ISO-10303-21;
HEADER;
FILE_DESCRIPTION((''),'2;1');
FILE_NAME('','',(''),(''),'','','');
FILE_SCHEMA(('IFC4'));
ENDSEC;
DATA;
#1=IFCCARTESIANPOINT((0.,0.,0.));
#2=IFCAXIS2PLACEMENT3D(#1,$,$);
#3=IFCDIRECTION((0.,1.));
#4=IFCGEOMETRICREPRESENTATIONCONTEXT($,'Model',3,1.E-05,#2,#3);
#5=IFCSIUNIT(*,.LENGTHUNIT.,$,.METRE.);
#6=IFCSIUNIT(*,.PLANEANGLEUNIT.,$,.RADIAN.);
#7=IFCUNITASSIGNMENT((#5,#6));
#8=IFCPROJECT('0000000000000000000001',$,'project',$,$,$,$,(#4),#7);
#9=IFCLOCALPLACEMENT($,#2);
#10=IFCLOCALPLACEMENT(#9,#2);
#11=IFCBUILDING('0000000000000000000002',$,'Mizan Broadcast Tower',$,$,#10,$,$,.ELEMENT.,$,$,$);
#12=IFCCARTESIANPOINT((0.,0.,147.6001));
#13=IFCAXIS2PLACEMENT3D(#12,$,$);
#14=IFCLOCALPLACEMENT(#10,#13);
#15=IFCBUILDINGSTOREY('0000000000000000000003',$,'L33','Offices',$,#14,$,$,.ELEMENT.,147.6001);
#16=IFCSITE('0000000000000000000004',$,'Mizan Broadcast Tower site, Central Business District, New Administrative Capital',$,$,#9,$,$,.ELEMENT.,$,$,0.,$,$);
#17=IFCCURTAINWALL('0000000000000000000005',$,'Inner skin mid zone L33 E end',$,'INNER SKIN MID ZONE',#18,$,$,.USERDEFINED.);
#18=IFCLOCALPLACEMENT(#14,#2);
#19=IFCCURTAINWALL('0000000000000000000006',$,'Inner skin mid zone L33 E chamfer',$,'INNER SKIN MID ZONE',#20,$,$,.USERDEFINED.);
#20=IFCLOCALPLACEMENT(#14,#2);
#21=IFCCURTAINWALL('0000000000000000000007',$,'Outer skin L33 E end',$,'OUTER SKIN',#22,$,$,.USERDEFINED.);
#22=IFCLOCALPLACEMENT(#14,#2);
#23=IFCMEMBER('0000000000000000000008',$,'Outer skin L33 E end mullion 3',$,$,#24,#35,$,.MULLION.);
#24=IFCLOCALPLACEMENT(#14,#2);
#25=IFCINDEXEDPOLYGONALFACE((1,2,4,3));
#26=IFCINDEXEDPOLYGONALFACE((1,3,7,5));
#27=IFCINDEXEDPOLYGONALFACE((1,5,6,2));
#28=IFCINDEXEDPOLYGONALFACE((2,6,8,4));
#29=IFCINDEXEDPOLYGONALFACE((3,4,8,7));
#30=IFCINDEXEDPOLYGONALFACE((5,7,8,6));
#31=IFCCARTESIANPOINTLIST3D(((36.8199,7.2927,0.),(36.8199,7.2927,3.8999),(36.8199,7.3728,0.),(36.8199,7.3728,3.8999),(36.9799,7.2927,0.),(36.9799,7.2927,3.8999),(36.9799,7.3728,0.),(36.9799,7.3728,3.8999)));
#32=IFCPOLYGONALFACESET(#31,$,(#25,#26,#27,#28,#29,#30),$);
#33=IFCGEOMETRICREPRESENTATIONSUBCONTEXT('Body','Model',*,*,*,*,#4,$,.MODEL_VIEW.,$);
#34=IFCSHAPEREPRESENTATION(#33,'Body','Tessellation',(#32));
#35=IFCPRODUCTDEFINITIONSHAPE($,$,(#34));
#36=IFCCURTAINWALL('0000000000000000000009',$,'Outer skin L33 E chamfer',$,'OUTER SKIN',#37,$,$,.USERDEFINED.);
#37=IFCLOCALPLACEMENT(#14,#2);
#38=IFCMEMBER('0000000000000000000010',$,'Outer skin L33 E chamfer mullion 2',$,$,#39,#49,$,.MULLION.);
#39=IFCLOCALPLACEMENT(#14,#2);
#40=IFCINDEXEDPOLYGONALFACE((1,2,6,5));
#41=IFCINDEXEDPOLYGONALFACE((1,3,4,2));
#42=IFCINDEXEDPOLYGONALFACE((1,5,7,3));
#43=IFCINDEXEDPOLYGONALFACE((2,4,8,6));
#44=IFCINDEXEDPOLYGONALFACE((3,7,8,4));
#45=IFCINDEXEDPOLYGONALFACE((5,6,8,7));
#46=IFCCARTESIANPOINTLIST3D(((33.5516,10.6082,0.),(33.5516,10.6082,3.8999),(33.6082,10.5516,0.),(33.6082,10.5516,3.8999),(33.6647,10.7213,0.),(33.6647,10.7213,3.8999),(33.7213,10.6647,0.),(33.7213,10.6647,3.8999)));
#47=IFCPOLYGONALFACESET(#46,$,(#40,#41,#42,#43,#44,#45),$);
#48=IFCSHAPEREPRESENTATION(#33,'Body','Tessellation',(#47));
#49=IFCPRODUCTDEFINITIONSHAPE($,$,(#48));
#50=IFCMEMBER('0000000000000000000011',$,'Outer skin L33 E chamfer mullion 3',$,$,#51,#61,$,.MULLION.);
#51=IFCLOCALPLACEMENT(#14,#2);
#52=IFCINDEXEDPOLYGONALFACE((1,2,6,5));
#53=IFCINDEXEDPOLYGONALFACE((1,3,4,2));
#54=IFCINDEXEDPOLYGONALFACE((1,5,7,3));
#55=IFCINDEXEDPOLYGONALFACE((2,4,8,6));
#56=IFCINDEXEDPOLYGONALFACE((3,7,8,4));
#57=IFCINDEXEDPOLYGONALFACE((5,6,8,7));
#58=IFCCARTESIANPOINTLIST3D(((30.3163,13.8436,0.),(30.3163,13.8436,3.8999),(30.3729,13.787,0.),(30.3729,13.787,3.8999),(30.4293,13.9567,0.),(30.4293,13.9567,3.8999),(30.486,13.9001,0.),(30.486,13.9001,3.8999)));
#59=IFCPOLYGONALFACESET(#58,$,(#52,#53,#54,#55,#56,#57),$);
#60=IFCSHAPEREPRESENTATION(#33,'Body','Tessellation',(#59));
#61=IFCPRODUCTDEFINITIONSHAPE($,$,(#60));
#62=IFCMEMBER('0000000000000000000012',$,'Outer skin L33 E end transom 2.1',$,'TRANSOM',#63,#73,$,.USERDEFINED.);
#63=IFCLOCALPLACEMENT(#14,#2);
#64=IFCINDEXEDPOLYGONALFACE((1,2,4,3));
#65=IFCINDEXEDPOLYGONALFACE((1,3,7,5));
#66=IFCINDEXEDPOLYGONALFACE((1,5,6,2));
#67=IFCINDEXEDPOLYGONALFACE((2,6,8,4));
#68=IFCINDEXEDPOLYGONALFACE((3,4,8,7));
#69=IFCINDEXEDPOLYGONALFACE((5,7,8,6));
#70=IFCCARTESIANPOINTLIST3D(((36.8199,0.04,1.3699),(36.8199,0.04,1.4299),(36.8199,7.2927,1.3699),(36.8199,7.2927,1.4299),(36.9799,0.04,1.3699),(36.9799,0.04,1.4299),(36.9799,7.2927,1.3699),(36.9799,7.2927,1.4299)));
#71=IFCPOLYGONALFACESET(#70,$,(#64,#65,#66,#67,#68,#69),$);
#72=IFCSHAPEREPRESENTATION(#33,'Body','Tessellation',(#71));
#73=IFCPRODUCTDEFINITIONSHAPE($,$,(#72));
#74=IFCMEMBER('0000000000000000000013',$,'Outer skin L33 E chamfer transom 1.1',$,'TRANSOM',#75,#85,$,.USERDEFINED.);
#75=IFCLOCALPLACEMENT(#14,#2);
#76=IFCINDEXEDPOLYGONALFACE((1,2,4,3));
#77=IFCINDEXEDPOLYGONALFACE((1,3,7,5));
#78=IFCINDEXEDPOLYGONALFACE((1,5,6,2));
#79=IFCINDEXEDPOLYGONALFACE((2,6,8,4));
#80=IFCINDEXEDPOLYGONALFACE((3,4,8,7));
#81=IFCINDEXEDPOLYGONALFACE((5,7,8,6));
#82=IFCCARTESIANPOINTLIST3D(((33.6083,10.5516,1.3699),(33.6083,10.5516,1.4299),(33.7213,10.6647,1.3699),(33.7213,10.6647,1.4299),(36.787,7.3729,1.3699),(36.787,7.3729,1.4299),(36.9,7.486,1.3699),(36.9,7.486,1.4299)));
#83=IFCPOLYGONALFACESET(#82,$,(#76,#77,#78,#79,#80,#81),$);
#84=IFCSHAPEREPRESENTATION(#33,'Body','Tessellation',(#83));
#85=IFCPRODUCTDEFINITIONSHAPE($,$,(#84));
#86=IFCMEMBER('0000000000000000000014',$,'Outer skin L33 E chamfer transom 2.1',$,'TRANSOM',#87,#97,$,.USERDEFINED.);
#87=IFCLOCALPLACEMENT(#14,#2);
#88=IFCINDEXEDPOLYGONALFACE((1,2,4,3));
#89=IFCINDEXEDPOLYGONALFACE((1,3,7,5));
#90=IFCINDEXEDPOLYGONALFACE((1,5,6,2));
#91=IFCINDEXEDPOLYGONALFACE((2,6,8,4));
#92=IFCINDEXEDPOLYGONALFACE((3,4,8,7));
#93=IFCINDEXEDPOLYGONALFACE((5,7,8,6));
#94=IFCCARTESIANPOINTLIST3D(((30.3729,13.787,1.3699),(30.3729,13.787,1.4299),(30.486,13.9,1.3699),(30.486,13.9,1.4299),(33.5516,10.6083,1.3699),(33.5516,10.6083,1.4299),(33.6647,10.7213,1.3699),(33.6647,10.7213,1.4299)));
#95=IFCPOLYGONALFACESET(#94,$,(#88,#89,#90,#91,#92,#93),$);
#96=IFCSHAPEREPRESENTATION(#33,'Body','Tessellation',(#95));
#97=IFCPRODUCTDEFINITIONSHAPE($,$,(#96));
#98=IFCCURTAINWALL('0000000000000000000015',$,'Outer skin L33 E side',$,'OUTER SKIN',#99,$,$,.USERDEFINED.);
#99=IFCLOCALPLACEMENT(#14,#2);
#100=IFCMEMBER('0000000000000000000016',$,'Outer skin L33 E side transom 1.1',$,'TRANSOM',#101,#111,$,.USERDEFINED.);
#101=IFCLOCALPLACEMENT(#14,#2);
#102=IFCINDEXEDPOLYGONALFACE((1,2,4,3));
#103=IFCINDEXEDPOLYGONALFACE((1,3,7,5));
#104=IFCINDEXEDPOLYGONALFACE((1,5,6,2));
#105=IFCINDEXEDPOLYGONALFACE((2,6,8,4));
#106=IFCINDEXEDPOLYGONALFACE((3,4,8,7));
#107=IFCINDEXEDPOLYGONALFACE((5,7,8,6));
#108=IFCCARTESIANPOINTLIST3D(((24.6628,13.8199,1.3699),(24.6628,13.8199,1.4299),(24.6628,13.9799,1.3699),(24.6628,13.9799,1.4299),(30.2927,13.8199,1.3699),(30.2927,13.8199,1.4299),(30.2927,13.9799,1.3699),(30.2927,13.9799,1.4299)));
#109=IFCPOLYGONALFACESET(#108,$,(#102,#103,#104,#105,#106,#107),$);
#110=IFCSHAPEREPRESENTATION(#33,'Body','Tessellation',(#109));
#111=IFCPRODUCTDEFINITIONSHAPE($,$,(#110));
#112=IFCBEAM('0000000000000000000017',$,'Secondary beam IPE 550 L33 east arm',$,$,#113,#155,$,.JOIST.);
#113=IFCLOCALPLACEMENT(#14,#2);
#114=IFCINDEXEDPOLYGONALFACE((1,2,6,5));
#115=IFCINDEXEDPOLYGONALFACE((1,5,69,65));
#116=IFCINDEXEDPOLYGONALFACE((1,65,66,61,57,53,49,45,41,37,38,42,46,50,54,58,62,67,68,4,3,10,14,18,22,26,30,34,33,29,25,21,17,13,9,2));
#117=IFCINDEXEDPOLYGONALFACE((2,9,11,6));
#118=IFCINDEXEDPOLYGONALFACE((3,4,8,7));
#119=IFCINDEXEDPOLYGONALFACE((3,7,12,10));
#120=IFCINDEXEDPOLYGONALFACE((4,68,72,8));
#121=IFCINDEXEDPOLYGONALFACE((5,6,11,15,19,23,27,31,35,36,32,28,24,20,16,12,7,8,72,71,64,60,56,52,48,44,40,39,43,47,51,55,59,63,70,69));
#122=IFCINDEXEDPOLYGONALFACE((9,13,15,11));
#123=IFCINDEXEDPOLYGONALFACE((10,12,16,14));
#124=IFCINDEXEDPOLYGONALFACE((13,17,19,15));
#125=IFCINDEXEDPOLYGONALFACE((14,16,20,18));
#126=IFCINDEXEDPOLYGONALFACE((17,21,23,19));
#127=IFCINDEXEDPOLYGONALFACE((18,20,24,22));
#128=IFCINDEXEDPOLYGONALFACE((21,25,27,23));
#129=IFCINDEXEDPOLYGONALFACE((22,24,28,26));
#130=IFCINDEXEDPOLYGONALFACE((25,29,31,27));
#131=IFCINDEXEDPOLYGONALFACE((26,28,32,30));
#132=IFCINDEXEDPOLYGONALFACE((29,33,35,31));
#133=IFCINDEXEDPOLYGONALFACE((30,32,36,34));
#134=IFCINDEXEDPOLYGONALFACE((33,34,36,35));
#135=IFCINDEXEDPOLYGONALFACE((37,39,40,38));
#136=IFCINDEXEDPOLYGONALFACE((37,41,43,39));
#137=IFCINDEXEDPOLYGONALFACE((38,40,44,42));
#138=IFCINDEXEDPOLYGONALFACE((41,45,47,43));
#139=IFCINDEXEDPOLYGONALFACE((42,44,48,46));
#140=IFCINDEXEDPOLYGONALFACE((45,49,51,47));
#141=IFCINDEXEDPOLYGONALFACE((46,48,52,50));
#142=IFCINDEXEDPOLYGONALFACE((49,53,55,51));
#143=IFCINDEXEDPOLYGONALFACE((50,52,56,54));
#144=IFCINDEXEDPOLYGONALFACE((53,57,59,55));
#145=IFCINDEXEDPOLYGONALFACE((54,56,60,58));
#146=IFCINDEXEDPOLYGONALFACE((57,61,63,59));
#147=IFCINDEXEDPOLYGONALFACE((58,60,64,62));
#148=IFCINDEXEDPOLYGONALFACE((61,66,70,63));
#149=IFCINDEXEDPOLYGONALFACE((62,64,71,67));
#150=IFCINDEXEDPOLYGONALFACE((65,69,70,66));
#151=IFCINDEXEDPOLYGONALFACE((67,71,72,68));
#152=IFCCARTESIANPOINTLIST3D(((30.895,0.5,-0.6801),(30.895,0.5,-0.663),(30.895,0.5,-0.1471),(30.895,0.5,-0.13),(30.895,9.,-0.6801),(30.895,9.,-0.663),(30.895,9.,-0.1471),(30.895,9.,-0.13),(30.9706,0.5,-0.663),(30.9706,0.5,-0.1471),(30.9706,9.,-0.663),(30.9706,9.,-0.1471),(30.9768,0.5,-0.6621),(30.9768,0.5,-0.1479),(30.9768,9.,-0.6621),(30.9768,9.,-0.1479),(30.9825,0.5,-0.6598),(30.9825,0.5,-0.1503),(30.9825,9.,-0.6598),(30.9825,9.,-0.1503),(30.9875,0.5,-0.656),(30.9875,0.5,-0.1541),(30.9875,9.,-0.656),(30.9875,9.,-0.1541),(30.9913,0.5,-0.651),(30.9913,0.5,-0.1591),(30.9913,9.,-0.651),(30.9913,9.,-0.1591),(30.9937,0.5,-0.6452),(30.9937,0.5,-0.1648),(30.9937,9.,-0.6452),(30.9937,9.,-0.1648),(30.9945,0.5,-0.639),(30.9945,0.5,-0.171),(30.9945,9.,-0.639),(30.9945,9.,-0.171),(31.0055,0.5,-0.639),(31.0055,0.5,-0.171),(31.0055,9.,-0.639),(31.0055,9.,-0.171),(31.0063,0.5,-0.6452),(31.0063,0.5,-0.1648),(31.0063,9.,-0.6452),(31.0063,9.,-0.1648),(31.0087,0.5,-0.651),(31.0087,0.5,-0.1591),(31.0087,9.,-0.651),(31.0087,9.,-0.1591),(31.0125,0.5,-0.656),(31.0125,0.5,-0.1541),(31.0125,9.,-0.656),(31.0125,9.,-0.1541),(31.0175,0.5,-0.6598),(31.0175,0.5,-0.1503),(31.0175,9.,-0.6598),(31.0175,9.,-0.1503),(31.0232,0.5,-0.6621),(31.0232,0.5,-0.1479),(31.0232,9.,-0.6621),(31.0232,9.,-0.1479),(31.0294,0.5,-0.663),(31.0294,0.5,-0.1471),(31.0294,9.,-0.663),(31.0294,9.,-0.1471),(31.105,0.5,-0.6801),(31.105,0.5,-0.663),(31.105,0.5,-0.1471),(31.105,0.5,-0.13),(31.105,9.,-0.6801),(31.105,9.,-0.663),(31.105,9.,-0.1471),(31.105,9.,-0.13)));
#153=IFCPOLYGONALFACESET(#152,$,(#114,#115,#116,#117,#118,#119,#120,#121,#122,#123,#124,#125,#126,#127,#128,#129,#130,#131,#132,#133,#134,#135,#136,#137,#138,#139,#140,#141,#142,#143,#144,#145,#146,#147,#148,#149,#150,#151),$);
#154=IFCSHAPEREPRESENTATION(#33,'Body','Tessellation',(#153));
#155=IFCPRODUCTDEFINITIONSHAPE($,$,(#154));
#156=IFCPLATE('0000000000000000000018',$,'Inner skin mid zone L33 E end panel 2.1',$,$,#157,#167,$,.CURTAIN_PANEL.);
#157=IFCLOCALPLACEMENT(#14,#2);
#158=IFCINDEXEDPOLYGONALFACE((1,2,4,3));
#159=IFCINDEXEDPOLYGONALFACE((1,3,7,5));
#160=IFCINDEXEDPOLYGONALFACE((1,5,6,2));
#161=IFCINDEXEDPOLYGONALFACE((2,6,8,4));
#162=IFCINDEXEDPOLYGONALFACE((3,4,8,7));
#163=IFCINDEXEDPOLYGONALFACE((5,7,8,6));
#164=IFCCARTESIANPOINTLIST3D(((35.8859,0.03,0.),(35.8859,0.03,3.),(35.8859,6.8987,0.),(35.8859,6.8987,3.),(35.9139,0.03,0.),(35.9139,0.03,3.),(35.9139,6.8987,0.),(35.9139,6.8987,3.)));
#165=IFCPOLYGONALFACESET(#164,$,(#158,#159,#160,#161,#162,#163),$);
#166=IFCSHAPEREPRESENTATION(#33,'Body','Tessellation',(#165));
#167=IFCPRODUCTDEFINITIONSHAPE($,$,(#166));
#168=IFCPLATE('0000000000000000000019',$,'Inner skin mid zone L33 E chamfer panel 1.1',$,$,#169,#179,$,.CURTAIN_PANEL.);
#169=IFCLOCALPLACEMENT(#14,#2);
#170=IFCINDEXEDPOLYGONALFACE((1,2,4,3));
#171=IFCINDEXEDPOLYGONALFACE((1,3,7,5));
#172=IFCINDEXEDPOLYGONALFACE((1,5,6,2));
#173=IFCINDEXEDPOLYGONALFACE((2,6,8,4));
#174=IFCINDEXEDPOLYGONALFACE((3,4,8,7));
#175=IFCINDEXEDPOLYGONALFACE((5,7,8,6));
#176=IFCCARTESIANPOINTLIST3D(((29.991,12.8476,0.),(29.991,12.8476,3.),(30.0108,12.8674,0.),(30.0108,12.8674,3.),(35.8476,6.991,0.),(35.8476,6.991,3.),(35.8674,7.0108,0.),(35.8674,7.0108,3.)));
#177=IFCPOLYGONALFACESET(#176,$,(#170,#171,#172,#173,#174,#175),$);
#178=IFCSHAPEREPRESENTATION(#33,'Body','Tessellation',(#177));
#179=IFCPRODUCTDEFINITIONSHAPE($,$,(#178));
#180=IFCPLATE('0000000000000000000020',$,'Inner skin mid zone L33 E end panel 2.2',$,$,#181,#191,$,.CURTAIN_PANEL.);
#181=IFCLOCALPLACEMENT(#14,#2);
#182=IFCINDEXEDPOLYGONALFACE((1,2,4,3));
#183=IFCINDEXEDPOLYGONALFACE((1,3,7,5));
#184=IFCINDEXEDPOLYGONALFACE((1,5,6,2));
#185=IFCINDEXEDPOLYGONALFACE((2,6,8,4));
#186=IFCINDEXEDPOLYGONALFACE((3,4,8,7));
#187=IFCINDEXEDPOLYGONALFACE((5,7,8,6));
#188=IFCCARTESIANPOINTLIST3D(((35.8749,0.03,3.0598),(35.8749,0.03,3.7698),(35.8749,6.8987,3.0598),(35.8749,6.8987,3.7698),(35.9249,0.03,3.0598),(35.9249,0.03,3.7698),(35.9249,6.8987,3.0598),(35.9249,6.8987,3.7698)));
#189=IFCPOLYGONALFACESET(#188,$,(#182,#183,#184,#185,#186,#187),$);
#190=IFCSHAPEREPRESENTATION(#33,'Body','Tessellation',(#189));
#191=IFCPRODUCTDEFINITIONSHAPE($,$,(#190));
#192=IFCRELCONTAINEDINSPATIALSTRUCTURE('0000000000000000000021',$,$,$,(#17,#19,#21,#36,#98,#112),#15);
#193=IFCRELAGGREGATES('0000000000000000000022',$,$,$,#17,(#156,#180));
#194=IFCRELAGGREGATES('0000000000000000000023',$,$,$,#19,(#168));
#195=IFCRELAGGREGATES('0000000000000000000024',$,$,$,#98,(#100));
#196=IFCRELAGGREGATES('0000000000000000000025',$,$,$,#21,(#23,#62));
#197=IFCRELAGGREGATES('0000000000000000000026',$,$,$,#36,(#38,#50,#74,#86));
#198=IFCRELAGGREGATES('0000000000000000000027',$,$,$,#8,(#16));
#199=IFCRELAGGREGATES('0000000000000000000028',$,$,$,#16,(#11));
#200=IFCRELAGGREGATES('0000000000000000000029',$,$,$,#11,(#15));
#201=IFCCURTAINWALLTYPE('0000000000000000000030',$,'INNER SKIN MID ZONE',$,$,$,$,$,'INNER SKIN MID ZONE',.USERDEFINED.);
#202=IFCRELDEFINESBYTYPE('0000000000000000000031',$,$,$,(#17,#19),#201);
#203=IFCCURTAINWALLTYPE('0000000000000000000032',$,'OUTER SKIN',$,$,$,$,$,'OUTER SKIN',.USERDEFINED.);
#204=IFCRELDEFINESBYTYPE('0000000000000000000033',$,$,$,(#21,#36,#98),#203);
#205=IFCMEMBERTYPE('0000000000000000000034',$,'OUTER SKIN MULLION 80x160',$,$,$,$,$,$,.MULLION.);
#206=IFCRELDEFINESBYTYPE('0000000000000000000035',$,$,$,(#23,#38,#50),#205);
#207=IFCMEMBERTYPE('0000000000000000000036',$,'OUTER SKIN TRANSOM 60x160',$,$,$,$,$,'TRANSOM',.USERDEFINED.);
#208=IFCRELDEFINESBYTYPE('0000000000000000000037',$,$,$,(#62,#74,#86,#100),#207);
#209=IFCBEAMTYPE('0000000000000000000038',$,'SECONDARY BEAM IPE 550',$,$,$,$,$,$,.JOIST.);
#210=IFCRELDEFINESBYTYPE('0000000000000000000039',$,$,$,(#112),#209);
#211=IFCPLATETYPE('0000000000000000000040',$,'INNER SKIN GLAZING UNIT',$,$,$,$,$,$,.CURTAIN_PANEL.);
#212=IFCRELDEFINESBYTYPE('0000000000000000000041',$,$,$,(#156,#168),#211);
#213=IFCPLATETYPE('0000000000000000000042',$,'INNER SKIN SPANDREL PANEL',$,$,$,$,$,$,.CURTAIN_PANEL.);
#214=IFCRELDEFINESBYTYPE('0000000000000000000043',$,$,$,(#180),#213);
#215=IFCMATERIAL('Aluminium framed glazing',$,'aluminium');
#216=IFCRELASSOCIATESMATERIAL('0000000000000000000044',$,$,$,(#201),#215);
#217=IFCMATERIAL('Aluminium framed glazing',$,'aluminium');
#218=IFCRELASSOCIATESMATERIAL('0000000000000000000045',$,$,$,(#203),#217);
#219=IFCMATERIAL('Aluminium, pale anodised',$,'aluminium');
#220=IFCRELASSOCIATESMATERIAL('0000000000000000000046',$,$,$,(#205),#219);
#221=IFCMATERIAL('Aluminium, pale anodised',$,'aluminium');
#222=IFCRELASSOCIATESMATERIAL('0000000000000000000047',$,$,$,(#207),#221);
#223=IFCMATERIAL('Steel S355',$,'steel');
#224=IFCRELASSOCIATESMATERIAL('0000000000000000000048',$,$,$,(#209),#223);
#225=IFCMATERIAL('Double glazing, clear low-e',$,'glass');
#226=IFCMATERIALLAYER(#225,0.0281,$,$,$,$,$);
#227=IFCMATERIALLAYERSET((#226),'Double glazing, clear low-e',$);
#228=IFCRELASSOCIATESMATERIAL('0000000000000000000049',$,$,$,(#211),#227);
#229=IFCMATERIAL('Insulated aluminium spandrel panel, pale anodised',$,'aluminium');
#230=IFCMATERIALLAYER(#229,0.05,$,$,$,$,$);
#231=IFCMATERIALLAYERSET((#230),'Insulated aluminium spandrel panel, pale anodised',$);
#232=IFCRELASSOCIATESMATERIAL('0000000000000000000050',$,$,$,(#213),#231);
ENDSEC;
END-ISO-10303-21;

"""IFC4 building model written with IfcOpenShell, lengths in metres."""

from ifc_helpers import new_model, si_unit, direction, frame, origin, origin_2d, place, context, subcontext, project, spatial, rectangle, i_section, extrude, material, layer, layer_set, material_profile, profile_set, type_object, element, aggregate, save


model = new_model("IFC4")

# Units and contexts
model_context = context("Model", 3, precision=1e-05, world=origin(), true_north=direction((0.0, 1.0)))
body_context = subcontext(model_context, "Body", "Model", "MODEL_VIEW")
ifc_project = project(units=[si_unit("LENGTHUNIT", "METRE"), si_unit("PLANEANGLEUNIT", "RADIAN")], contexts=[model_context])

# Site, building, storey
site_placement = place(None, origin())
site = spatial("IfcSite", under=ifc_project, at=site_placement, Name="Mizan Broadcast Tower site, Central Business District, New Administrative Capital", CompositionType="ELEMENT", RefElevation=0.0)
building_placement = place(site_placement, origin())
building = spatial("IfcBuilding", under=site, at=building_placement, Name="Mizan Broadcast Tower", CompositionType="ELEMENT")
storey_placement = place(building_placement, frame((0.0, 0.0, 147.6001)))
storey = spatial("IfcBuildingStorey", under=building, at=storey_placement, Name="L33", Description="Offices", CompositionType="ELEMENT", Elevation=147.6001)

# Curtain wall
ifc_material_1 = material(Name="Aluminium framed glazing", Category="aluminium")
curtain_wall_type_1 = type_object("IfcCurtainWallType", Name="INNER SKIN MID ZONE", ElementType="INNER SKIN MID ZONE", PredefinedType="USERDEFINED", material=ifc_material_1)
curtain_wall_1_placement = place(storey_placement, origin())
curtain_wall_1 = element("IfcCurtainWall", 1, at=curtain_wall_1_placement, inside=storey, type_object=curtain_wall_type_1, Name="Inner skin mid zone L33 E end", ObjectType="INNER SKIN MID ZONE", PredefinedType="USERDEFINED")

# Curtain wall
curtain_wall_2_placement = place(storey_placement, origin())
curtain_wall_2 = element("IfcCurtainWall", 2, at=curtain_wall_2_placement, inside=storey, type_object=curtain_wall_type_1, Name="Inner skin mid zone L33 E chamfer", ObjectType="INNER SKIN MID ZONE", PredefinedType="USERDEFINED")

# Curtain walls, members
ifc_material_2 = material(Name="Aluminium framed glazing", Category="aluminium")
curtain_wall_type_2 = type_object("IfcCurtainWallType", Name="OUTER SKIN", ElementType="OUTER SKIN", PredefinedType="USERDEFINED", material=ifc_material_2)
curtain_wall_3_placement = place(storey_placement, origin())
curtain_wall_3 = element("IfcCurtainWall", 3, at=curtain_wall_3_placement, inside=storey, type_object=curtain_wall_type_2, Name="Outer skin L33 E end", ObjectType="OUTER SKIN", PredefinedType="USERDEFINED")
ifc_material_3 = material(Name="Aluminium, pale anodised", Category="aluminium")
ifc_material_profile_1 = material_profile(ifc_material_3, rectangle(XDim=0.1599, YDim=0.0801, at=origin_2d()), Name="MULLION 160x80")
ifc_profile_set_1 = profile_set([ifc_material_profile_1], Name="Aluminium, pale anodised")
member_type_1 = type_object("IfcMemberType", Name="OUTER SKIN MULLION 80x160", PredefinedType="MULLION", material=ifc_profile_set_1)
member_1_placement = place(storey_placement, frame((36.8999, 7.3328, 0.0), z_axis=(0.0, 0.0, 1.0), x_axis=(-1.0, 0.0, 0.0)))
member_1 = element("IfcMember", 4, at=member_1_placement, type_object=member_type_1, Name="Outer skin L33 E end mullion 3", PredefinedType="MULLION", context=body_context, shape_type="SweptSolid", body=[
    extrude(rectangle(XDim=0.1599, YDim=0.0801, at=origin_2d()), origin(), (0.0, 0.0, 1.0), 3.8999),
])
curtain_wall_4_placement = place(storey_placement, origin())
curtain_wall_4 = element("IfcCurtainWall", 5, at=curtain_wall_4_placement, inside=storey, type_object=curtain_wall_type_2, Name="Outer skin L33 E chamfer", ObjectType="OUTER SKIN", PredefinedType="USERDEFINED")
member_2_placement = place(storey_placement, frame((33.6365, 10.6365, 0.0), z_axis=(0.0, 0.0, 1.0), x_axis=(-0.707107, -0.707107, 0.0)))
member_2 = element("IfcMember", 6, at=member_2_placement, type_object=member_type_1, Name="Outer skin L33 E chamfer mullion 2", PredefinedType="MULLION", context=body_context, shape_type="SweptSolid", body=[
    extrude(rectangle(XDim=0.1599, YDim=0.0801, at=origin_2d()), origin(), (0.0, 0.0, 1.0), 3.8999),
])
member_3_placement = place(storey_placement, frame((30.4011, 13.8718, 0.0), z_axis=(0.0, 0.0, 1.0), x_axis=(-0.707107, -0.707107, 0.0)))
member_3 = element("IfcMember", 7, at=member_3_placement, type_object=member_type_1, Name="Outer skin L33 E chamfer mullion 3", PredefinedType="MULLION", context=body_context, shape_type="SweptSolid", body=[
    extrude(rectangle(XDim=0.1599, YDim=0.0801, at=origin_2d()), origin(), (0.0, 0.0, 1.0), 3.8999),
])

# Members
ifc_material_4 = material(Name="Aluminium, pale anodised", Category="aluminium")
ifc_material_profile_2 = material_profile(ifc_material_4, rectangle(XDim=0.1599, YDim=0.0601, at=origin_2d()), Name="TRANSOM 160x60")
ifc_profile_set_2 = profile_set([ifc_material_profile_2], Name="Aluminium, pale anodised")
member_type_2 = type_object("IfcMemberType", Name="OUTER SKIN TRANSOM 60x160", ElementType="TRANSOM", PredefinedType="USERDEFINED", material=ifc_profile_set_2)
member_4_placement = place(storey_placement, frame((36.8999, 0.04, 1.3999), z_axis=(0.0, 1.0, 0.0), x_axis=(-1.0, 0.0, 0.0)))
member_4 = element("IfcMember", 8, at=member_4_placement, type_object=member_type_2, Name="Outer skin L33 E end transom 2.1", ObjectType="TRANSOM", PredefinedType="USERDEFINED", context=body_context, shape_type="SweptSolid", body=[
    extrude(rectangle(XDim=0.1599, YDim=0.0601, at=origin_2d()), origin(), (0.0, 0.0, 1.0), 7.2527),
])
member_5_placement = place(storey_placement, frame((36.8435, 7.4294, 1.3999), z_axis=(-0.707107, 0.707107, 0.0), x_axis=(-0.707107, -0.707107, 0.0)))
member_5 = element("IfcMember", 9, at=member_5_placement, type_object=member_type_2, Name="Outer skin L33 E chamfer transom 1.1", ObjectType="TRANSOM", PredefinedType="USERDEFINED", context=body_context, shape_type="SweptSolid", body=[
    extrude(rectangle(XDim=0.1599, YDim=0.0601, at=origin_2d()), origin(), (0.0, 0.0, 1.0), 4.4954),
])
member_6_placement = place(storey_placement, frame((33.6082, 10.6648, 1.3999), z_axis=(-0.707107, 0.707107, 0.0), x_axis=(-0.707107, -0.707107, 0.0)))
member_6 = element("IfcMember", 10, at=member_6_placement, type_object=member_type_2, Name="Outer skin L33 E chamfer transom 2.1", ObjectType="TRANSOM", PredefinedType="USERDEFINED", context=body_context, shape_type="SweptSolid", body=[
    extrude(rectangle(XDim=0.1599, YDim=0.0601, at=origin_2d()), origin(), (0.0, 0.0, 1.0), 4.4954),
])

# Curtain wall, member
curtain_wall_5_placement = place(storey_placement, origin())
curtain_wall_5 = element("IfcCurtainWall", 11, at=curtain_wall_5_placement, inside=storey, type_object=curtain_wall_type_2, Name="Outer skin L33 E side", ObjectType="OUTER SKIN", PredefinedType="USERDEFINED")
member_7_placement = place(storey_placement, frame((30.2927, 13.8999, 1.3999), z_axis=(-1.0, 0.0, 0.0), x_axis=(0.0, -1.0, 0.0)))
member_7 = element("IfcMember", 12, at=member_7_placement, type_object=member_type_2, Name="Outer skin L33 E side transom 1.1", ObjectType="TRANSOM", PredefinedType="USERDEFINED", context=body_context, shape_type="SweptSolid", body=[
    extrude(rectangle(XDim=0.1599, YDim=0.0601, at=origin_2d()), origin(), (0.0, 0.0, 1.0), 5.6299),
])

# Beam
ifc_material_5 = material(Name="Steel S355", Category="steel")
ifc_material_profile_3 = material_profile(ifc_material_5, i_section(OverallWidth=0.21, OverallDepth=0.55, WebThickness=0.011, FlangeThickness=0.0171, FilletRadius=0.0239, at=origin_2d()), Name="IPE 550")
ifc_profile_set_3 = profile_set([ifc_material_profile_3], Name="Steel S355")
beam_type_1 = type_object("IfcBeamType", Name="SECONDARY BEAM IPE 550", PredefinedType="JOIST", material=ifc_profile_set_3)
beam_1_placement = place(storey_placement, frame((31.0, 9.0, -0.405), z_axis=(0.0, -1.0, 0.0), x_axis=(1.0, 0.0, 0.0)))
element("IfcBeam", 13, at=beam_1_placement, inside=storey, type_object=beam_type_1, Name="Secondary beam IPE 550 L33 east arm", PredefinedType="JOIST", context=body_context, shape_type="SweptSolid", body=[
    extrude(i_section(OverallWidth=0.21, OverallDepth=0.55, WebThickness=0.011, FlangeThickness=0.0171, FilletRadius=0.0239, at=origin_2d()), origin(), (0.0, 0.0, 1.0), 8.5),
])

# Plates
ifc_material_6 = material(Name="Double glazing, clear low-e", Category="glass")
ifc_layer_1 = layer(ifc_material_6, 0.0281)
ifc_layer_set_1 = layer_set([ifc_layer_1], Name="Double glazing, clear low-e")
plate_type_1 = type_object("IfcPlateType", Name="INNER SKIN GLAZING UNIT", PredefinedType="CURTAIN_PANEL", material=ifc_layer_set_1)
plate_1_placement = place(storey_placement, frame((35.8999, 3.4644, 0.0), z_axis=(0.0, 0.0, 1.0), x_axis=(0.0, 1.0, 0.0)))
plate_1 = element("IfcPlate", 14, at=plate_1_placement, type_object=plate_type_1, Name="Inner skin mid zone L33 E end panel 2.1", PredefinedType="CURTAIN_PANEL", context=body_context, shape_type="SweptSolid", body=[
    extrude(rectangle(XDim=6.8687, YDim=0.0281, at=origin_2d()), origin(), (0.0, 0.0, 1.0), 3.0),
])
plate_2_placement = place(storey_placement, frame((32.9292, 9.9292, 0.0), z_axis=(0.0, 0.0, 1.0), x_axis=(-0.707107, 0.707107, 0.0)))
plate_2 = element("IfcPlate", 15, at=plate_2_placement, type_object=plate_type_1, Name="Inner skin mid zone L33 E chamfer panel 1.1", PredefinedType="CURTAIN_PANEL", context=body_context, shape_type="SweptSolid", body=[
    extrude(rectangle(XDim=8.2825, YDim=0.0281, at=origin_2d()), origin(), (0.0, 0.0, 1.0), 3.0),
])
ifc_material_7 = material(Name="Insulated aluminium spandrel panel, pale anodised", Category="aluminium")
ifc_layer_2 = layer(ifc_material_7, 0.05)
ifc_layer_set_2 = layer_set([ifc_layer_2], Name="Insulated aluminium spandrel panel, pale anodised")
plate_type_2 = type_object("IfcPlateType", Name="INNER SKIN SPANDREL PANEL", PredefinedType="CURTAIN_PANEL", material=ifc_layer_set_2)
plate_3_placement = place(storey_placement, frame((35.8999, 3.4644, 3.0598), z_axis=(0.0, 0.0, 1.0), x_axis=(0.0, 1.0, 0.0)))
plate_3 = element("IfcPlate", 16, at=plate_3_placement, type_object=plate_type_2, Name="Inner skin mid zone L33 E end panel 2.2", PredefinedType="CURTAIN_PANEL", context=body_context, shape_type="SweptSolid", body=[
    extrude(rectangle(XDim=6.8687, YDim=0.05, at=origin_2d()), origin(), (0.0, 0.0, 1.0), 0.71),
])
aggregate(curtain_wall_1, [plate_1, plate_3])
aggregate(curtain_wall_2, [plate_2])
aggregate(curtain_wall_5, [member_7])
aggregate(curtain_wall_3, [member_1, member_4])
aggregate(curtain_wall_4, [member_2, member_3, member_5, member_6])

save(model, "model.ifc")
